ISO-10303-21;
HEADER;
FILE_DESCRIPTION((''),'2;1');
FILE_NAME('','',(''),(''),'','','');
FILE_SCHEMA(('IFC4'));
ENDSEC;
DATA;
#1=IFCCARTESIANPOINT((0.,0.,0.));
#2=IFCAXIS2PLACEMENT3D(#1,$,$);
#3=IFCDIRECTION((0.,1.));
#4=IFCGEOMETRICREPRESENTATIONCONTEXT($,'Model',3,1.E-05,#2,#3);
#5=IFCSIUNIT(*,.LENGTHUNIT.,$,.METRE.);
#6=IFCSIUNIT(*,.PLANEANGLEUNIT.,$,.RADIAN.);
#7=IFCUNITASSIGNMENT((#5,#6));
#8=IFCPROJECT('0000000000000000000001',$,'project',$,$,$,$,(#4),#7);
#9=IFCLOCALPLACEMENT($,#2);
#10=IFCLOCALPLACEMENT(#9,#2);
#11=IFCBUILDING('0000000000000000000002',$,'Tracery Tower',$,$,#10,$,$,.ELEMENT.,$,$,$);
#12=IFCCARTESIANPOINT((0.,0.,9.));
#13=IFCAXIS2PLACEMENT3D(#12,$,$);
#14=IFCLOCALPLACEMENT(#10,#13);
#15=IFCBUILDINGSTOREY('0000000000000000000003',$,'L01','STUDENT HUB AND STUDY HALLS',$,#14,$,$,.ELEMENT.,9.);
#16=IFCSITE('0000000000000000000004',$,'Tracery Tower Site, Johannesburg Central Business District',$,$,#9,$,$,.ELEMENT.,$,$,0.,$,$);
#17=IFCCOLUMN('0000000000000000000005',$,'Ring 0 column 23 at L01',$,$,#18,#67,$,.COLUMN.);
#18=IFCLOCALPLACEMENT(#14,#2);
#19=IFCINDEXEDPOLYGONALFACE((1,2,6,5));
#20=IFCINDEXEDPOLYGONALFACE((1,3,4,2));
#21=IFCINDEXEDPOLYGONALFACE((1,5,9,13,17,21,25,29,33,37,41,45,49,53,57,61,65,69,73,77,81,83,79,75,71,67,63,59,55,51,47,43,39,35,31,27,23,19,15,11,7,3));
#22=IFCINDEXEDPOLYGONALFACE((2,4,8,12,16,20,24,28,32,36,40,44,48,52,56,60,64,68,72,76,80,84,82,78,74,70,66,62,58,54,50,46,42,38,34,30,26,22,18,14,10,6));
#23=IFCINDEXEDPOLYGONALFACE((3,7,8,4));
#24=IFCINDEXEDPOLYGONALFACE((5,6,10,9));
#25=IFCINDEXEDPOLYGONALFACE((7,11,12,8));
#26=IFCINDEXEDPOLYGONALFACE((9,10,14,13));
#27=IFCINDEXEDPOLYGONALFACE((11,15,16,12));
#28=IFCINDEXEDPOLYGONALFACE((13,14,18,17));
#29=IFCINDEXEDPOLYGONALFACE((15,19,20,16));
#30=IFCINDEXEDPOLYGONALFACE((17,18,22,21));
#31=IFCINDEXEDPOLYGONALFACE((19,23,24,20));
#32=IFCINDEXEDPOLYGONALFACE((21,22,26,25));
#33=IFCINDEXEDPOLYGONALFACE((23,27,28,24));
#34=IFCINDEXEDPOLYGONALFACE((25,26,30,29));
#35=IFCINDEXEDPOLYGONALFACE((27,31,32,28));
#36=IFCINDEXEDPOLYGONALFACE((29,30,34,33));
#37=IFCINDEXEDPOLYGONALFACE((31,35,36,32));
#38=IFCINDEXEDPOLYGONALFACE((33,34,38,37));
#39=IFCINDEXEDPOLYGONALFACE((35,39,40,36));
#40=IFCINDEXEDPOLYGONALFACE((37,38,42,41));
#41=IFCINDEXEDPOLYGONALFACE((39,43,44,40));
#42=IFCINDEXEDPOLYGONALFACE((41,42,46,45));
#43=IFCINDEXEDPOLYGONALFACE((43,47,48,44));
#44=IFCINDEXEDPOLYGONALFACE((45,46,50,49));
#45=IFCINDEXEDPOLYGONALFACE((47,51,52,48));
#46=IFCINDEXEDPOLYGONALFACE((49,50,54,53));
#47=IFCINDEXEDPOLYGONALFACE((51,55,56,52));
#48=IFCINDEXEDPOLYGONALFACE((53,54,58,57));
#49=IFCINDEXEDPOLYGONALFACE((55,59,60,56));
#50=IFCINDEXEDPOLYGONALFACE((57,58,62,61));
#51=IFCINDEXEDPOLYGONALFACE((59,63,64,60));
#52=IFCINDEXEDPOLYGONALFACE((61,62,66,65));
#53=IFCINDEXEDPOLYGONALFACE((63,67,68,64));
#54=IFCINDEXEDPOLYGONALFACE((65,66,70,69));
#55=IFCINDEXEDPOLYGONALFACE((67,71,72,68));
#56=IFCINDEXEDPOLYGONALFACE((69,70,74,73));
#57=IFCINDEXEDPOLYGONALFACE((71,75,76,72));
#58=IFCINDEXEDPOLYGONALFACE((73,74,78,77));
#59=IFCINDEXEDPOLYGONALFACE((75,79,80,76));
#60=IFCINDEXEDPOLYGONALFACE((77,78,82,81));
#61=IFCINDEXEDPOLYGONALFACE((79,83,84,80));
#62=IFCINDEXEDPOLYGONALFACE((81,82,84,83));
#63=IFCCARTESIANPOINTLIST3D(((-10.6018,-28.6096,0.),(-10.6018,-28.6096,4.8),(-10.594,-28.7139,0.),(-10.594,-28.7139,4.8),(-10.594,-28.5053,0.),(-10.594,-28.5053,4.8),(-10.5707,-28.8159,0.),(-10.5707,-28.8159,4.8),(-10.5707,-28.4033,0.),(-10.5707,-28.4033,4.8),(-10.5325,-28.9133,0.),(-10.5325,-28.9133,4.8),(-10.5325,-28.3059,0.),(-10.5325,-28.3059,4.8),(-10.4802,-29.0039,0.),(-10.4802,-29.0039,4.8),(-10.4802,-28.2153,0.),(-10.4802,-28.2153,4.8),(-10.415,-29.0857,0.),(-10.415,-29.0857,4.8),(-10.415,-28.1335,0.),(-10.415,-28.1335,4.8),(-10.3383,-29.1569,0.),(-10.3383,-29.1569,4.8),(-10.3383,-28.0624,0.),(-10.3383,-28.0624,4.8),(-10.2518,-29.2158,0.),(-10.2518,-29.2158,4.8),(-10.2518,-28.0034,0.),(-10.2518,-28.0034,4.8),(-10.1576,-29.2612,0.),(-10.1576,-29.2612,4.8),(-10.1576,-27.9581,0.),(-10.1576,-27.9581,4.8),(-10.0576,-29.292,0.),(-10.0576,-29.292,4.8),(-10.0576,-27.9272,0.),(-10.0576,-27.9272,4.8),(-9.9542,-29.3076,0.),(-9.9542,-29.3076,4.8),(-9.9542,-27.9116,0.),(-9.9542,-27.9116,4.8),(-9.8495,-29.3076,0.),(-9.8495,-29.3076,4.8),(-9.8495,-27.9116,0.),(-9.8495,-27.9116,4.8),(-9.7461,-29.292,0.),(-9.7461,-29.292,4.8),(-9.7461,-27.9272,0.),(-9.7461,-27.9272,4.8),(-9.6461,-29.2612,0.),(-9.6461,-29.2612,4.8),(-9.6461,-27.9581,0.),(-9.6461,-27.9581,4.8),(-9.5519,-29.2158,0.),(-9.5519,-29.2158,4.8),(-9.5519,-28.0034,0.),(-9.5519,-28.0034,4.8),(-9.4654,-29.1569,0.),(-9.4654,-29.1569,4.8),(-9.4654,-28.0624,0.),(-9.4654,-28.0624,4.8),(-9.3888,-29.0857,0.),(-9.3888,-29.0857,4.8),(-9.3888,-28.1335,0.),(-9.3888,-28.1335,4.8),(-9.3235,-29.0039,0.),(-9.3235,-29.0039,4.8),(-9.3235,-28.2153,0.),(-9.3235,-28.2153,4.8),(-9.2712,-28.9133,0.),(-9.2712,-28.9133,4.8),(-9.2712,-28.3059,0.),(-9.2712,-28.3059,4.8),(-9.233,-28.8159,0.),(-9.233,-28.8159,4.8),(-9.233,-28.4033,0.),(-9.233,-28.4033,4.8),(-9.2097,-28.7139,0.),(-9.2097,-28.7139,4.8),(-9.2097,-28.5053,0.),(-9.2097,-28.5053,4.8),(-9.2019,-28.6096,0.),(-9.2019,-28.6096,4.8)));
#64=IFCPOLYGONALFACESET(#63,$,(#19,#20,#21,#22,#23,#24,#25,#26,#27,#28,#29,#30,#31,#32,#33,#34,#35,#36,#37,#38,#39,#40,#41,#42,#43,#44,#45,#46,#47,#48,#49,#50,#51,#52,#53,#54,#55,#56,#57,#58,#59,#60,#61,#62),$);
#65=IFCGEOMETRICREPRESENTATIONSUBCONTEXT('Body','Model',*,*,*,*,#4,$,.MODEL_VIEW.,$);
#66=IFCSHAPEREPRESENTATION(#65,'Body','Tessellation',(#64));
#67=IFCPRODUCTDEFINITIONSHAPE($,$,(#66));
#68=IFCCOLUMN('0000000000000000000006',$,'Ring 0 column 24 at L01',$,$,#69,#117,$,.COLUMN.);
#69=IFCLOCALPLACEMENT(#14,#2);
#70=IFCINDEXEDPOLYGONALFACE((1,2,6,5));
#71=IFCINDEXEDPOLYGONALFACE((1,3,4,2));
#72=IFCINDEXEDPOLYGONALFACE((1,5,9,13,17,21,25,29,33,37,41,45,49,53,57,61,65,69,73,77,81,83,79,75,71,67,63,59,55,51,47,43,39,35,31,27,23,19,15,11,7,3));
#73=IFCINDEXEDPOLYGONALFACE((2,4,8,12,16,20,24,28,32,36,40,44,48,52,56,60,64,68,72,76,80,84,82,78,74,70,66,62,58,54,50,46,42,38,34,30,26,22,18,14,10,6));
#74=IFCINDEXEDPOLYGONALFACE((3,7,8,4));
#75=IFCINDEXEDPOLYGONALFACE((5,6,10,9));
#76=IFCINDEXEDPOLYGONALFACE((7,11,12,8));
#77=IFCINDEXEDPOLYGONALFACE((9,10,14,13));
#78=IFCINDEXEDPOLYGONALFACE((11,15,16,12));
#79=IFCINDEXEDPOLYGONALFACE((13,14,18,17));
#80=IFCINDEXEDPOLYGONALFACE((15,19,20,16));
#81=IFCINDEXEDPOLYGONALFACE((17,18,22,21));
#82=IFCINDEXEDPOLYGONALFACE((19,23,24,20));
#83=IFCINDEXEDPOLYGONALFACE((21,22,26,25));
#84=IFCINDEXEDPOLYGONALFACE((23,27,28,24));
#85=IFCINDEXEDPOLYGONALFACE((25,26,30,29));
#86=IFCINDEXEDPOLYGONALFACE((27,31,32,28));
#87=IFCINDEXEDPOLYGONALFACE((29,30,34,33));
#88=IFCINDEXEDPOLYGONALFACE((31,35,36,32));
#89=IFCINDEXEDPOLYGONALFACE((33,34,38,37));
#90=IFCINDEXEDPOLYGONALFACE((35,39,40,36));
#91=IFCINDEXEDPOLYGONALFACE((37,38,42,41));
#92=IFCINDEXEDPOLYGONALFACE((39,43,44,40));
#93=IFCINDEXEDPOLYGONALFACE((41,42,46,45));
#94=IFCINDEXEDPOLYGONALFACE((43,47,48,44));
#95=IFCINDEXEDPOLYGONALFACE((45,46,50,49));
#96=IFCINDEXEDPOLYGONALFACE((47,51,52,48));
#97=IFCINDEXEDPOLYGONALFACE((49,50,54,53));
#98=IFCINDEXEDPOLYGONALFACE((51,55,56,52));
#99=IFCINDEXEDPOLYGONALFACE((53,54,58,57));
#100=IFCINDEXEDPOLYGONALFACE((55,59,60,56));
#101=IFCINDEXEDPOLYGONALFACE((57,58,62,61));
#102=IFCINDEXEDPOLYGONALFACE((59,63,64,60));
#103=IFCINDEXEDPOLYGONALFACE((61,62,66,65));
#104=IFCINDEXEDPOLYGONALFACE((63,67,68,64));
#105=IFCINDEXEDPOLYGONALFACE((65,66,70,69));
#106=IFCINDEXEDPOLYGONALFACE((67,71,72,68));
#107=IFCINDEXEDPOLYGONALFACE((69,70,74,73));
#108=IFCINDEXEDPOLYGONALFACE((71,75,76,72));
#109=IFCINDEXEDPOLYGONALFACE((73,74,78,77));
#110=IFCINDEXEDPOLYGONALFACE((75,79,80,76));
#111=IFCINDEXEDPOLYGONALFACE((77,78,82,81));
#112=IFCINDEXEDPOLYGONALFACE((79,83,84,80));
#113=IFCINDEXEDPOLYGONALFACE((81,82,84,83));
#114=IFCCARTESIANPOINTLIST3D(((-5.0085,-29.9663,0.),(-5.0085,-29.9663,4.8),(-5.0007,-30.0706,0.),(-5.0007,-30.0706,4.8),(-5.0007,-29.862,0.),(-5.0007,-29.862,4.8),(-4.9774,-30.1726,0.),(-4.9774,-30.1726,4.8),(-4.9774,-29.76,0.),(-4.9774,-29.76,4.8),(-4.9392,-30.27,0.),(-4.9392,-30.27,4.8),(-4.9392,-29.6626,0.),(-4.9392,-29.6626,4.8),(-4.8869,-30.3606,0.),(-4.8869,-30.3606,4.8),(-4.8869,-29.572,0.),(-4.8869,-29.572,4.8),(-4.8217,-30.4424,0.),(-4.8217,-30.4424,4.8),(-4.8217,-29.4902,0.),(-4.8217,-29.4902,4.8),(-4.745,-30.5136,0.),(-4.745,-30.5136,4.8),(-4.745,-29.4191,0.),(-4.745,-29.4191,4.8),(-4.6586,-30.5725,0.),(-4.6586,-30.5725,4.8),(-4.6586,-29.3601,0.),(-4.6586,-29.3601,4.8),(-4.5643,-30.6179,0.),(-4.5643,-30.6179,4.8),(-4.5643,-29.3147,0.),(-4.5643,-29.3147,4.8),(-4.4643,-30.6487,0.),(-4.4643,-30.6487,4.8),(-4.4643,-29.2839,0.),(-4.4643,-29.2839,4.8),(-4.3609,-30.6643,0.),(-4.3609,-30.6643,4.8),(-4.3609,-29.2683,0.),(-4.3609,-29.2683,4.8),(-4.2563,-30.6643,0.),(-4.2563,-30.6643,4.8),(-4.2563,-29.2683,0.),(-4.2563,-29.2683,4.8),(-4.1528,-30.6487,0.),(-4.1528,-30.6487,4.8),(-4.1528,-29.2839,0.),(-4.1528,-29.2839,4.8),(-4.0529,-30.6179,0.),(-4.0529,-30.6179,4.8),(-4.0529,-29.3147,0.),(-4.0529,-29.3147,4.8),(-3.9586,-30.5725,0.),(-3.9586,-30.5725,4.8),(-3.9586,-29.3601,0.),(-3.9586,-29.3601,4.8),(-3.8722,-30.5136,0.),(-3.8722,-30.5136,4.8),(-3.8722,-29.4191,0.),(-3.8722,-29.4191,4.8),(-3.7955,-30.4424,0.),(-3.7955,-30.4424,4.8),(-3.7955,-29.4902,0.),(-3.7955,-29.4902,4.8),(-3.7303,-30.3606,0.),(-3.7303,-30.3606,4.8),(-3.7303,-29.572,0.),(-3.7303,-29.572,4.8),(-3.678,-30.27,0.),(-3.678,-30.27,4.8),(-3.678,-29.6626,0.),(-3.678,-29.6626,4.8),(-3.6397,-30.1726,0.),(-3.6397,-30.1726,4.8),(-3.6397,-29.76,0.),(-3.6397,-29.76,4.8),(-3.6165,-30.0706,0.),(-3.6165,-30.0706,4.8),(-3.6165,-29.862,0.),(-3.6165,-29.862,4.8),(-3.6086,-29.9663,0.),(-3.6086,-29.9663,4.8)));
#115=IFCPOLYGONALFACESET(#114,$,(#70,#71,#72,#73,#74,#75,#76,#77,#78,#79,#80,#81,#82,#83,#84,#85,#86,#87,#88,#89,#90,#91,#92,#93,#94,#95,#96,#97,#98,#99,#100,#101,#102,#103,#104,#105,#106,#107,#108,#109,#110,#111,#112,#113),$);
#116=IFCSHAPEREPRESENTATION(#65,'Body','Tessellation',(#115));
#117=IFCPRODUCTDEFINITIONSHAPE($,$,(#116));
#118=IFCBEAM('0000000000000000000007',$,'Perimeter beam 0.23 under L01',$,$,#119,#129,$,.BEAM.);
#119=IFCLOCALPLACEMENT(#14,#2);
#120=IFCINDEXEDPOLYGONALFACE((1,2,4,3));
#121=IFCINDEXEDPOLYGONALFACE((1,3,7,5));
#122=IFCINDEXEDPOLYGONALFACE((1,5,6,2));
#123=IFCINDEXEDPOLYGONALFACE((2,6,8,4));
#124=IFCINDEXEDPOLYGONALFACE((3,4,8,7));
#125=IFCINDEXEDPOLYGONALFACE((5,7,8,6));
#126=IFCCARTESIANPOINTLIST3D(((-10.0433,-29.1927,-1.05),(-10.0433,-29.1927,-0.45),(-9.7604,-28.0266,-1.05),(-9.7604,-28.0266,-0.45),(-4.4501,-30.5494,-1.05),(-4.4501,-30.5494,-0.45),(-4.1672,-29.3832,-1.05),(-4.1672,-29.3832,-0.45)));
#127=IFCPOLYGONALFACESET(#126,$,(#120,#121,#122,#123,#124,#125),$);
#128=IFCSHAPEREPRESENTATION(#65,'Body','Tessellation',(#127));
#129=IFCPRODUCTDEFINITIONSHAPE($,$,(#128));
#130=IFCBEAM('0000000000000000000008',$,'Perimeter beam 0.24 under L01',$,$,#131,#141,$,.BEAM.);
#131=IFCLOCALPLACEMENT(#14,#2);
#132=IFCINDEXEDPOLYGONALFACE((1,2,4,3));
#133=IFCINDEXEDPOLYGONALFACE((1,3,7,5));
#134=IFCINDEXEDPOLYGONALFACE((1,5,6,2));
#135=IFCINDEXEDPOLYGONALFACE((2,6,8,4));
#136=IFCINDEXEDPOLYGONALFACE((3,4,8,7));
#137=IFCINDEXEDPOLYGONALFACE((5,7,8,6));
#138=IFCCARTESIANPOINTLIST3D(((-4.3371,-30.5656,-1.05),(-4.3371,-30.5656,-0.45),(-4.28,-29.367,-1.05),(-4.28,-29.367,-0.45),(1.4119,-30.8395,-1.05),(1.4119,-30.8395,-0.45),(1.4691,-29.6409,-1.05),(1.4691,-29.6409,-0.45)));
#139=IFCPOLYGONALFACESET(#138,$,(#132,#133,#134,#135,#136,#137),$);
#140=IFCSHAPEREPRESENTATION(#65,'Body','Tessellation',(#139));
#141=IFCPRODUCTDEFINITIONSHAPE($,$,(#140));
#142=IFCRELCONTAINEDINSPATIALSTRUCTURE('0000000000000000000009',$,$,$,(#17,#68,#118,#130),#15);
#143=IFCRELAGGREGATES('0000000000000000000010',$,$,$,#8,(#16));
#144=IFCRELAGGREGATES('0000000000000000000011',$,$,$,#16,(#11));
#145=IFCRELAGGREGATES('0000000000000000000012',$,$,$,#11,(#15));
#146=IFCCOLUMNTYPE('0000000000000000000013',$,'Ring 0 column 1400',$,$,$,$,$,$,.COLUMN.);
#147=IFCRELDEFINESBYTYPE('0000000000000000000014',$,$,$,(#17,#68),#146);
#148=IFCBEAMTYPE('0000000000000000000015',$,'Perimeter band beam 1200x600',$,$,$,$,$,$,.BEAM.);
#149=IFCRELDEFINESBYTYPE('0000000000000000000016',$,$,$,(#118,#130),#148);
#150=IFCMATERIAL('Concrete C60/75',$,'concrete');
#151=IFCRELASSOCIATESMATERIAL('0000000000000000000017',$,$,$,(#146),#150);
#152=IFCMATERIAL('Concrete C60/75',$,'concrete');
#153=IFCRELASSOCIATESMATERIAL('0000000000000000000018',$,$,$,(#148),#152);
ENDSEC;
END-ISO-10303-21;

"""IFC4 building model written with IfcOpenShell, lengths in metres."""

from ifc_helpers import new_model, si_unit, direction, frame, origin, origin_2d, place, context, subcontext, project, spatial, rectangle, circle, extrude, material, material_profile, profile_set, type_object, element, save


model = new_model("IFC4")

# Units and contexts
model_context = context("Model", 3, precision=1e-05, world=origin(), true_north=direction((0.0, 1.0)))
body_context = subcontext(model_context, "Body", "Model", "MODEL_VIEW")
ifc_project = project(units=[si_unit("LENGTHUNIT", "METRE"), si_unit("PLANEANGLEUNIT", "RADIAN")], contexts=[model_context])

# Site, building, storey
site_placement = place(None, origin())
site = spatial("IfcSite", under=ifc_project, at=site_placement, Name="Tracery Tower Site, Johannesburg Central Business District", CompositionType="ELEMENT", RefElevation=0.0)
building_placement = place(site_placement, origin())
building = spatial("IfcBuilding", under=site, at=building_placement, Name="Tracery Tower", CompositionType="ELEMENT")
storey_placement = place(building_placement, frame((0.0, 0.0, 9.0)))
storey = spatial("IfcBuildingStorey", under=building, at=storey_placement, Name="L01", Description="STUDENT HUB AND STUDY HALLS", CompositionType="ELEMENT", Elevation=9.0)

# Columns
ifc_material_1 = material(Name="Concrete C60/75", Category="concrete")
ifc_material_profile_1 = material_profile(ifc_material_1, circle(Radius=0.7, at=origin_2d()), Name="RC D1400")
ifc_profile_set_1 = profile_set([ifc_material_profile_1], Name="Concrete C60/75")
column_type = type_object("IfcColumnType", Name="Ring 0 column 1400", PredefinedType="COLUMN", material=ifc_profile_set_1)
for number, where, z_axis, x_axis, name in (
    (1, (-9.9019, -28.6096, 0.0), (0.0, 0.0, 1.0), (1.0, 0.0, 0.0), "Ring 0 column 23 at L01"),
    (2, (-4.3086, -29.9663, 0.0), (0.0, 0.0, 1.0), (1.0, 0.0, 0.0), "Ring 0 column 24 at L01"),
):
    element("IfcColumn", number, at=place(storey_placement, frame(where, z_axis=z_axis, x_axis=x_axis)), inside=storey, type_object=column_type, Name=name, PredefinedType="COLUMN", context=body_context, shape_type="SweptSolid", body=[
        extrude(circle(Radius=0.7, at=origin_2d()), origin(), (0.0, 0.0, 1.0), 4.8),
    ])

# Beams
ifc_material_2 = material(Name="Concrete C60/75", Category="concrete")
ifc_material_profile_2 = material_profile(ifc_material_2, rectangle(XDim=1.2, YDim=0.6001, at=origin_2d()), Name="RC 1200x600")
ifc_profile_set_2 = profile_set([ifc_material_profile_2], Name="Concrete C60/75")
beam_type = type_object("IfcBeamType", Name="Perimeter band beam 1200x600", PredefinedType="BEAM", material=ifc_profile_set_2)
beam_1_placement = place(storey_placement, frame((-9.9019, -28.6096, -0.75), z_axis=(0.97182, -0.235723, 0.0), x_axis=(0.235723, 0.97182, 0.0)))
element("IfcBeam", 3, at=beam_1_placement, inside=storey, type_object=beam_type, Name="Perimeter beam 0.23 under L01", PredefinedType="BEAM", context=body_context, shape_type="SweptSolid", body=[
    extrude(rectangle(XDim=1.2, YDim=0.6001, at=origin_2d()), origin(), (0.0, 0.0, 1.0), 5.7554),
])
beam_2_placement = place(storey_placement, frame((-4.3086, -29.9663, -0.75), z_axis=(0.998867, -0.047593, 0.0), x_axis=(0.047593, 0.998867, 0.0)))
element("IfcBeam", 4, at=beam_2_placement, inside=storey, type_object=beam_type, Name="Perimeter beam 0.24 under L01", PredefinedType="BEAM", context=body_context, shape_type="SweptSolid", body=[
    extrude(rectangle(XDim=1.2, YDim=0.6001, at=origin_2d()), origin(), (0.0, 0.0, 1.0), 5.7556),
])

save(model, "model.ifc")
